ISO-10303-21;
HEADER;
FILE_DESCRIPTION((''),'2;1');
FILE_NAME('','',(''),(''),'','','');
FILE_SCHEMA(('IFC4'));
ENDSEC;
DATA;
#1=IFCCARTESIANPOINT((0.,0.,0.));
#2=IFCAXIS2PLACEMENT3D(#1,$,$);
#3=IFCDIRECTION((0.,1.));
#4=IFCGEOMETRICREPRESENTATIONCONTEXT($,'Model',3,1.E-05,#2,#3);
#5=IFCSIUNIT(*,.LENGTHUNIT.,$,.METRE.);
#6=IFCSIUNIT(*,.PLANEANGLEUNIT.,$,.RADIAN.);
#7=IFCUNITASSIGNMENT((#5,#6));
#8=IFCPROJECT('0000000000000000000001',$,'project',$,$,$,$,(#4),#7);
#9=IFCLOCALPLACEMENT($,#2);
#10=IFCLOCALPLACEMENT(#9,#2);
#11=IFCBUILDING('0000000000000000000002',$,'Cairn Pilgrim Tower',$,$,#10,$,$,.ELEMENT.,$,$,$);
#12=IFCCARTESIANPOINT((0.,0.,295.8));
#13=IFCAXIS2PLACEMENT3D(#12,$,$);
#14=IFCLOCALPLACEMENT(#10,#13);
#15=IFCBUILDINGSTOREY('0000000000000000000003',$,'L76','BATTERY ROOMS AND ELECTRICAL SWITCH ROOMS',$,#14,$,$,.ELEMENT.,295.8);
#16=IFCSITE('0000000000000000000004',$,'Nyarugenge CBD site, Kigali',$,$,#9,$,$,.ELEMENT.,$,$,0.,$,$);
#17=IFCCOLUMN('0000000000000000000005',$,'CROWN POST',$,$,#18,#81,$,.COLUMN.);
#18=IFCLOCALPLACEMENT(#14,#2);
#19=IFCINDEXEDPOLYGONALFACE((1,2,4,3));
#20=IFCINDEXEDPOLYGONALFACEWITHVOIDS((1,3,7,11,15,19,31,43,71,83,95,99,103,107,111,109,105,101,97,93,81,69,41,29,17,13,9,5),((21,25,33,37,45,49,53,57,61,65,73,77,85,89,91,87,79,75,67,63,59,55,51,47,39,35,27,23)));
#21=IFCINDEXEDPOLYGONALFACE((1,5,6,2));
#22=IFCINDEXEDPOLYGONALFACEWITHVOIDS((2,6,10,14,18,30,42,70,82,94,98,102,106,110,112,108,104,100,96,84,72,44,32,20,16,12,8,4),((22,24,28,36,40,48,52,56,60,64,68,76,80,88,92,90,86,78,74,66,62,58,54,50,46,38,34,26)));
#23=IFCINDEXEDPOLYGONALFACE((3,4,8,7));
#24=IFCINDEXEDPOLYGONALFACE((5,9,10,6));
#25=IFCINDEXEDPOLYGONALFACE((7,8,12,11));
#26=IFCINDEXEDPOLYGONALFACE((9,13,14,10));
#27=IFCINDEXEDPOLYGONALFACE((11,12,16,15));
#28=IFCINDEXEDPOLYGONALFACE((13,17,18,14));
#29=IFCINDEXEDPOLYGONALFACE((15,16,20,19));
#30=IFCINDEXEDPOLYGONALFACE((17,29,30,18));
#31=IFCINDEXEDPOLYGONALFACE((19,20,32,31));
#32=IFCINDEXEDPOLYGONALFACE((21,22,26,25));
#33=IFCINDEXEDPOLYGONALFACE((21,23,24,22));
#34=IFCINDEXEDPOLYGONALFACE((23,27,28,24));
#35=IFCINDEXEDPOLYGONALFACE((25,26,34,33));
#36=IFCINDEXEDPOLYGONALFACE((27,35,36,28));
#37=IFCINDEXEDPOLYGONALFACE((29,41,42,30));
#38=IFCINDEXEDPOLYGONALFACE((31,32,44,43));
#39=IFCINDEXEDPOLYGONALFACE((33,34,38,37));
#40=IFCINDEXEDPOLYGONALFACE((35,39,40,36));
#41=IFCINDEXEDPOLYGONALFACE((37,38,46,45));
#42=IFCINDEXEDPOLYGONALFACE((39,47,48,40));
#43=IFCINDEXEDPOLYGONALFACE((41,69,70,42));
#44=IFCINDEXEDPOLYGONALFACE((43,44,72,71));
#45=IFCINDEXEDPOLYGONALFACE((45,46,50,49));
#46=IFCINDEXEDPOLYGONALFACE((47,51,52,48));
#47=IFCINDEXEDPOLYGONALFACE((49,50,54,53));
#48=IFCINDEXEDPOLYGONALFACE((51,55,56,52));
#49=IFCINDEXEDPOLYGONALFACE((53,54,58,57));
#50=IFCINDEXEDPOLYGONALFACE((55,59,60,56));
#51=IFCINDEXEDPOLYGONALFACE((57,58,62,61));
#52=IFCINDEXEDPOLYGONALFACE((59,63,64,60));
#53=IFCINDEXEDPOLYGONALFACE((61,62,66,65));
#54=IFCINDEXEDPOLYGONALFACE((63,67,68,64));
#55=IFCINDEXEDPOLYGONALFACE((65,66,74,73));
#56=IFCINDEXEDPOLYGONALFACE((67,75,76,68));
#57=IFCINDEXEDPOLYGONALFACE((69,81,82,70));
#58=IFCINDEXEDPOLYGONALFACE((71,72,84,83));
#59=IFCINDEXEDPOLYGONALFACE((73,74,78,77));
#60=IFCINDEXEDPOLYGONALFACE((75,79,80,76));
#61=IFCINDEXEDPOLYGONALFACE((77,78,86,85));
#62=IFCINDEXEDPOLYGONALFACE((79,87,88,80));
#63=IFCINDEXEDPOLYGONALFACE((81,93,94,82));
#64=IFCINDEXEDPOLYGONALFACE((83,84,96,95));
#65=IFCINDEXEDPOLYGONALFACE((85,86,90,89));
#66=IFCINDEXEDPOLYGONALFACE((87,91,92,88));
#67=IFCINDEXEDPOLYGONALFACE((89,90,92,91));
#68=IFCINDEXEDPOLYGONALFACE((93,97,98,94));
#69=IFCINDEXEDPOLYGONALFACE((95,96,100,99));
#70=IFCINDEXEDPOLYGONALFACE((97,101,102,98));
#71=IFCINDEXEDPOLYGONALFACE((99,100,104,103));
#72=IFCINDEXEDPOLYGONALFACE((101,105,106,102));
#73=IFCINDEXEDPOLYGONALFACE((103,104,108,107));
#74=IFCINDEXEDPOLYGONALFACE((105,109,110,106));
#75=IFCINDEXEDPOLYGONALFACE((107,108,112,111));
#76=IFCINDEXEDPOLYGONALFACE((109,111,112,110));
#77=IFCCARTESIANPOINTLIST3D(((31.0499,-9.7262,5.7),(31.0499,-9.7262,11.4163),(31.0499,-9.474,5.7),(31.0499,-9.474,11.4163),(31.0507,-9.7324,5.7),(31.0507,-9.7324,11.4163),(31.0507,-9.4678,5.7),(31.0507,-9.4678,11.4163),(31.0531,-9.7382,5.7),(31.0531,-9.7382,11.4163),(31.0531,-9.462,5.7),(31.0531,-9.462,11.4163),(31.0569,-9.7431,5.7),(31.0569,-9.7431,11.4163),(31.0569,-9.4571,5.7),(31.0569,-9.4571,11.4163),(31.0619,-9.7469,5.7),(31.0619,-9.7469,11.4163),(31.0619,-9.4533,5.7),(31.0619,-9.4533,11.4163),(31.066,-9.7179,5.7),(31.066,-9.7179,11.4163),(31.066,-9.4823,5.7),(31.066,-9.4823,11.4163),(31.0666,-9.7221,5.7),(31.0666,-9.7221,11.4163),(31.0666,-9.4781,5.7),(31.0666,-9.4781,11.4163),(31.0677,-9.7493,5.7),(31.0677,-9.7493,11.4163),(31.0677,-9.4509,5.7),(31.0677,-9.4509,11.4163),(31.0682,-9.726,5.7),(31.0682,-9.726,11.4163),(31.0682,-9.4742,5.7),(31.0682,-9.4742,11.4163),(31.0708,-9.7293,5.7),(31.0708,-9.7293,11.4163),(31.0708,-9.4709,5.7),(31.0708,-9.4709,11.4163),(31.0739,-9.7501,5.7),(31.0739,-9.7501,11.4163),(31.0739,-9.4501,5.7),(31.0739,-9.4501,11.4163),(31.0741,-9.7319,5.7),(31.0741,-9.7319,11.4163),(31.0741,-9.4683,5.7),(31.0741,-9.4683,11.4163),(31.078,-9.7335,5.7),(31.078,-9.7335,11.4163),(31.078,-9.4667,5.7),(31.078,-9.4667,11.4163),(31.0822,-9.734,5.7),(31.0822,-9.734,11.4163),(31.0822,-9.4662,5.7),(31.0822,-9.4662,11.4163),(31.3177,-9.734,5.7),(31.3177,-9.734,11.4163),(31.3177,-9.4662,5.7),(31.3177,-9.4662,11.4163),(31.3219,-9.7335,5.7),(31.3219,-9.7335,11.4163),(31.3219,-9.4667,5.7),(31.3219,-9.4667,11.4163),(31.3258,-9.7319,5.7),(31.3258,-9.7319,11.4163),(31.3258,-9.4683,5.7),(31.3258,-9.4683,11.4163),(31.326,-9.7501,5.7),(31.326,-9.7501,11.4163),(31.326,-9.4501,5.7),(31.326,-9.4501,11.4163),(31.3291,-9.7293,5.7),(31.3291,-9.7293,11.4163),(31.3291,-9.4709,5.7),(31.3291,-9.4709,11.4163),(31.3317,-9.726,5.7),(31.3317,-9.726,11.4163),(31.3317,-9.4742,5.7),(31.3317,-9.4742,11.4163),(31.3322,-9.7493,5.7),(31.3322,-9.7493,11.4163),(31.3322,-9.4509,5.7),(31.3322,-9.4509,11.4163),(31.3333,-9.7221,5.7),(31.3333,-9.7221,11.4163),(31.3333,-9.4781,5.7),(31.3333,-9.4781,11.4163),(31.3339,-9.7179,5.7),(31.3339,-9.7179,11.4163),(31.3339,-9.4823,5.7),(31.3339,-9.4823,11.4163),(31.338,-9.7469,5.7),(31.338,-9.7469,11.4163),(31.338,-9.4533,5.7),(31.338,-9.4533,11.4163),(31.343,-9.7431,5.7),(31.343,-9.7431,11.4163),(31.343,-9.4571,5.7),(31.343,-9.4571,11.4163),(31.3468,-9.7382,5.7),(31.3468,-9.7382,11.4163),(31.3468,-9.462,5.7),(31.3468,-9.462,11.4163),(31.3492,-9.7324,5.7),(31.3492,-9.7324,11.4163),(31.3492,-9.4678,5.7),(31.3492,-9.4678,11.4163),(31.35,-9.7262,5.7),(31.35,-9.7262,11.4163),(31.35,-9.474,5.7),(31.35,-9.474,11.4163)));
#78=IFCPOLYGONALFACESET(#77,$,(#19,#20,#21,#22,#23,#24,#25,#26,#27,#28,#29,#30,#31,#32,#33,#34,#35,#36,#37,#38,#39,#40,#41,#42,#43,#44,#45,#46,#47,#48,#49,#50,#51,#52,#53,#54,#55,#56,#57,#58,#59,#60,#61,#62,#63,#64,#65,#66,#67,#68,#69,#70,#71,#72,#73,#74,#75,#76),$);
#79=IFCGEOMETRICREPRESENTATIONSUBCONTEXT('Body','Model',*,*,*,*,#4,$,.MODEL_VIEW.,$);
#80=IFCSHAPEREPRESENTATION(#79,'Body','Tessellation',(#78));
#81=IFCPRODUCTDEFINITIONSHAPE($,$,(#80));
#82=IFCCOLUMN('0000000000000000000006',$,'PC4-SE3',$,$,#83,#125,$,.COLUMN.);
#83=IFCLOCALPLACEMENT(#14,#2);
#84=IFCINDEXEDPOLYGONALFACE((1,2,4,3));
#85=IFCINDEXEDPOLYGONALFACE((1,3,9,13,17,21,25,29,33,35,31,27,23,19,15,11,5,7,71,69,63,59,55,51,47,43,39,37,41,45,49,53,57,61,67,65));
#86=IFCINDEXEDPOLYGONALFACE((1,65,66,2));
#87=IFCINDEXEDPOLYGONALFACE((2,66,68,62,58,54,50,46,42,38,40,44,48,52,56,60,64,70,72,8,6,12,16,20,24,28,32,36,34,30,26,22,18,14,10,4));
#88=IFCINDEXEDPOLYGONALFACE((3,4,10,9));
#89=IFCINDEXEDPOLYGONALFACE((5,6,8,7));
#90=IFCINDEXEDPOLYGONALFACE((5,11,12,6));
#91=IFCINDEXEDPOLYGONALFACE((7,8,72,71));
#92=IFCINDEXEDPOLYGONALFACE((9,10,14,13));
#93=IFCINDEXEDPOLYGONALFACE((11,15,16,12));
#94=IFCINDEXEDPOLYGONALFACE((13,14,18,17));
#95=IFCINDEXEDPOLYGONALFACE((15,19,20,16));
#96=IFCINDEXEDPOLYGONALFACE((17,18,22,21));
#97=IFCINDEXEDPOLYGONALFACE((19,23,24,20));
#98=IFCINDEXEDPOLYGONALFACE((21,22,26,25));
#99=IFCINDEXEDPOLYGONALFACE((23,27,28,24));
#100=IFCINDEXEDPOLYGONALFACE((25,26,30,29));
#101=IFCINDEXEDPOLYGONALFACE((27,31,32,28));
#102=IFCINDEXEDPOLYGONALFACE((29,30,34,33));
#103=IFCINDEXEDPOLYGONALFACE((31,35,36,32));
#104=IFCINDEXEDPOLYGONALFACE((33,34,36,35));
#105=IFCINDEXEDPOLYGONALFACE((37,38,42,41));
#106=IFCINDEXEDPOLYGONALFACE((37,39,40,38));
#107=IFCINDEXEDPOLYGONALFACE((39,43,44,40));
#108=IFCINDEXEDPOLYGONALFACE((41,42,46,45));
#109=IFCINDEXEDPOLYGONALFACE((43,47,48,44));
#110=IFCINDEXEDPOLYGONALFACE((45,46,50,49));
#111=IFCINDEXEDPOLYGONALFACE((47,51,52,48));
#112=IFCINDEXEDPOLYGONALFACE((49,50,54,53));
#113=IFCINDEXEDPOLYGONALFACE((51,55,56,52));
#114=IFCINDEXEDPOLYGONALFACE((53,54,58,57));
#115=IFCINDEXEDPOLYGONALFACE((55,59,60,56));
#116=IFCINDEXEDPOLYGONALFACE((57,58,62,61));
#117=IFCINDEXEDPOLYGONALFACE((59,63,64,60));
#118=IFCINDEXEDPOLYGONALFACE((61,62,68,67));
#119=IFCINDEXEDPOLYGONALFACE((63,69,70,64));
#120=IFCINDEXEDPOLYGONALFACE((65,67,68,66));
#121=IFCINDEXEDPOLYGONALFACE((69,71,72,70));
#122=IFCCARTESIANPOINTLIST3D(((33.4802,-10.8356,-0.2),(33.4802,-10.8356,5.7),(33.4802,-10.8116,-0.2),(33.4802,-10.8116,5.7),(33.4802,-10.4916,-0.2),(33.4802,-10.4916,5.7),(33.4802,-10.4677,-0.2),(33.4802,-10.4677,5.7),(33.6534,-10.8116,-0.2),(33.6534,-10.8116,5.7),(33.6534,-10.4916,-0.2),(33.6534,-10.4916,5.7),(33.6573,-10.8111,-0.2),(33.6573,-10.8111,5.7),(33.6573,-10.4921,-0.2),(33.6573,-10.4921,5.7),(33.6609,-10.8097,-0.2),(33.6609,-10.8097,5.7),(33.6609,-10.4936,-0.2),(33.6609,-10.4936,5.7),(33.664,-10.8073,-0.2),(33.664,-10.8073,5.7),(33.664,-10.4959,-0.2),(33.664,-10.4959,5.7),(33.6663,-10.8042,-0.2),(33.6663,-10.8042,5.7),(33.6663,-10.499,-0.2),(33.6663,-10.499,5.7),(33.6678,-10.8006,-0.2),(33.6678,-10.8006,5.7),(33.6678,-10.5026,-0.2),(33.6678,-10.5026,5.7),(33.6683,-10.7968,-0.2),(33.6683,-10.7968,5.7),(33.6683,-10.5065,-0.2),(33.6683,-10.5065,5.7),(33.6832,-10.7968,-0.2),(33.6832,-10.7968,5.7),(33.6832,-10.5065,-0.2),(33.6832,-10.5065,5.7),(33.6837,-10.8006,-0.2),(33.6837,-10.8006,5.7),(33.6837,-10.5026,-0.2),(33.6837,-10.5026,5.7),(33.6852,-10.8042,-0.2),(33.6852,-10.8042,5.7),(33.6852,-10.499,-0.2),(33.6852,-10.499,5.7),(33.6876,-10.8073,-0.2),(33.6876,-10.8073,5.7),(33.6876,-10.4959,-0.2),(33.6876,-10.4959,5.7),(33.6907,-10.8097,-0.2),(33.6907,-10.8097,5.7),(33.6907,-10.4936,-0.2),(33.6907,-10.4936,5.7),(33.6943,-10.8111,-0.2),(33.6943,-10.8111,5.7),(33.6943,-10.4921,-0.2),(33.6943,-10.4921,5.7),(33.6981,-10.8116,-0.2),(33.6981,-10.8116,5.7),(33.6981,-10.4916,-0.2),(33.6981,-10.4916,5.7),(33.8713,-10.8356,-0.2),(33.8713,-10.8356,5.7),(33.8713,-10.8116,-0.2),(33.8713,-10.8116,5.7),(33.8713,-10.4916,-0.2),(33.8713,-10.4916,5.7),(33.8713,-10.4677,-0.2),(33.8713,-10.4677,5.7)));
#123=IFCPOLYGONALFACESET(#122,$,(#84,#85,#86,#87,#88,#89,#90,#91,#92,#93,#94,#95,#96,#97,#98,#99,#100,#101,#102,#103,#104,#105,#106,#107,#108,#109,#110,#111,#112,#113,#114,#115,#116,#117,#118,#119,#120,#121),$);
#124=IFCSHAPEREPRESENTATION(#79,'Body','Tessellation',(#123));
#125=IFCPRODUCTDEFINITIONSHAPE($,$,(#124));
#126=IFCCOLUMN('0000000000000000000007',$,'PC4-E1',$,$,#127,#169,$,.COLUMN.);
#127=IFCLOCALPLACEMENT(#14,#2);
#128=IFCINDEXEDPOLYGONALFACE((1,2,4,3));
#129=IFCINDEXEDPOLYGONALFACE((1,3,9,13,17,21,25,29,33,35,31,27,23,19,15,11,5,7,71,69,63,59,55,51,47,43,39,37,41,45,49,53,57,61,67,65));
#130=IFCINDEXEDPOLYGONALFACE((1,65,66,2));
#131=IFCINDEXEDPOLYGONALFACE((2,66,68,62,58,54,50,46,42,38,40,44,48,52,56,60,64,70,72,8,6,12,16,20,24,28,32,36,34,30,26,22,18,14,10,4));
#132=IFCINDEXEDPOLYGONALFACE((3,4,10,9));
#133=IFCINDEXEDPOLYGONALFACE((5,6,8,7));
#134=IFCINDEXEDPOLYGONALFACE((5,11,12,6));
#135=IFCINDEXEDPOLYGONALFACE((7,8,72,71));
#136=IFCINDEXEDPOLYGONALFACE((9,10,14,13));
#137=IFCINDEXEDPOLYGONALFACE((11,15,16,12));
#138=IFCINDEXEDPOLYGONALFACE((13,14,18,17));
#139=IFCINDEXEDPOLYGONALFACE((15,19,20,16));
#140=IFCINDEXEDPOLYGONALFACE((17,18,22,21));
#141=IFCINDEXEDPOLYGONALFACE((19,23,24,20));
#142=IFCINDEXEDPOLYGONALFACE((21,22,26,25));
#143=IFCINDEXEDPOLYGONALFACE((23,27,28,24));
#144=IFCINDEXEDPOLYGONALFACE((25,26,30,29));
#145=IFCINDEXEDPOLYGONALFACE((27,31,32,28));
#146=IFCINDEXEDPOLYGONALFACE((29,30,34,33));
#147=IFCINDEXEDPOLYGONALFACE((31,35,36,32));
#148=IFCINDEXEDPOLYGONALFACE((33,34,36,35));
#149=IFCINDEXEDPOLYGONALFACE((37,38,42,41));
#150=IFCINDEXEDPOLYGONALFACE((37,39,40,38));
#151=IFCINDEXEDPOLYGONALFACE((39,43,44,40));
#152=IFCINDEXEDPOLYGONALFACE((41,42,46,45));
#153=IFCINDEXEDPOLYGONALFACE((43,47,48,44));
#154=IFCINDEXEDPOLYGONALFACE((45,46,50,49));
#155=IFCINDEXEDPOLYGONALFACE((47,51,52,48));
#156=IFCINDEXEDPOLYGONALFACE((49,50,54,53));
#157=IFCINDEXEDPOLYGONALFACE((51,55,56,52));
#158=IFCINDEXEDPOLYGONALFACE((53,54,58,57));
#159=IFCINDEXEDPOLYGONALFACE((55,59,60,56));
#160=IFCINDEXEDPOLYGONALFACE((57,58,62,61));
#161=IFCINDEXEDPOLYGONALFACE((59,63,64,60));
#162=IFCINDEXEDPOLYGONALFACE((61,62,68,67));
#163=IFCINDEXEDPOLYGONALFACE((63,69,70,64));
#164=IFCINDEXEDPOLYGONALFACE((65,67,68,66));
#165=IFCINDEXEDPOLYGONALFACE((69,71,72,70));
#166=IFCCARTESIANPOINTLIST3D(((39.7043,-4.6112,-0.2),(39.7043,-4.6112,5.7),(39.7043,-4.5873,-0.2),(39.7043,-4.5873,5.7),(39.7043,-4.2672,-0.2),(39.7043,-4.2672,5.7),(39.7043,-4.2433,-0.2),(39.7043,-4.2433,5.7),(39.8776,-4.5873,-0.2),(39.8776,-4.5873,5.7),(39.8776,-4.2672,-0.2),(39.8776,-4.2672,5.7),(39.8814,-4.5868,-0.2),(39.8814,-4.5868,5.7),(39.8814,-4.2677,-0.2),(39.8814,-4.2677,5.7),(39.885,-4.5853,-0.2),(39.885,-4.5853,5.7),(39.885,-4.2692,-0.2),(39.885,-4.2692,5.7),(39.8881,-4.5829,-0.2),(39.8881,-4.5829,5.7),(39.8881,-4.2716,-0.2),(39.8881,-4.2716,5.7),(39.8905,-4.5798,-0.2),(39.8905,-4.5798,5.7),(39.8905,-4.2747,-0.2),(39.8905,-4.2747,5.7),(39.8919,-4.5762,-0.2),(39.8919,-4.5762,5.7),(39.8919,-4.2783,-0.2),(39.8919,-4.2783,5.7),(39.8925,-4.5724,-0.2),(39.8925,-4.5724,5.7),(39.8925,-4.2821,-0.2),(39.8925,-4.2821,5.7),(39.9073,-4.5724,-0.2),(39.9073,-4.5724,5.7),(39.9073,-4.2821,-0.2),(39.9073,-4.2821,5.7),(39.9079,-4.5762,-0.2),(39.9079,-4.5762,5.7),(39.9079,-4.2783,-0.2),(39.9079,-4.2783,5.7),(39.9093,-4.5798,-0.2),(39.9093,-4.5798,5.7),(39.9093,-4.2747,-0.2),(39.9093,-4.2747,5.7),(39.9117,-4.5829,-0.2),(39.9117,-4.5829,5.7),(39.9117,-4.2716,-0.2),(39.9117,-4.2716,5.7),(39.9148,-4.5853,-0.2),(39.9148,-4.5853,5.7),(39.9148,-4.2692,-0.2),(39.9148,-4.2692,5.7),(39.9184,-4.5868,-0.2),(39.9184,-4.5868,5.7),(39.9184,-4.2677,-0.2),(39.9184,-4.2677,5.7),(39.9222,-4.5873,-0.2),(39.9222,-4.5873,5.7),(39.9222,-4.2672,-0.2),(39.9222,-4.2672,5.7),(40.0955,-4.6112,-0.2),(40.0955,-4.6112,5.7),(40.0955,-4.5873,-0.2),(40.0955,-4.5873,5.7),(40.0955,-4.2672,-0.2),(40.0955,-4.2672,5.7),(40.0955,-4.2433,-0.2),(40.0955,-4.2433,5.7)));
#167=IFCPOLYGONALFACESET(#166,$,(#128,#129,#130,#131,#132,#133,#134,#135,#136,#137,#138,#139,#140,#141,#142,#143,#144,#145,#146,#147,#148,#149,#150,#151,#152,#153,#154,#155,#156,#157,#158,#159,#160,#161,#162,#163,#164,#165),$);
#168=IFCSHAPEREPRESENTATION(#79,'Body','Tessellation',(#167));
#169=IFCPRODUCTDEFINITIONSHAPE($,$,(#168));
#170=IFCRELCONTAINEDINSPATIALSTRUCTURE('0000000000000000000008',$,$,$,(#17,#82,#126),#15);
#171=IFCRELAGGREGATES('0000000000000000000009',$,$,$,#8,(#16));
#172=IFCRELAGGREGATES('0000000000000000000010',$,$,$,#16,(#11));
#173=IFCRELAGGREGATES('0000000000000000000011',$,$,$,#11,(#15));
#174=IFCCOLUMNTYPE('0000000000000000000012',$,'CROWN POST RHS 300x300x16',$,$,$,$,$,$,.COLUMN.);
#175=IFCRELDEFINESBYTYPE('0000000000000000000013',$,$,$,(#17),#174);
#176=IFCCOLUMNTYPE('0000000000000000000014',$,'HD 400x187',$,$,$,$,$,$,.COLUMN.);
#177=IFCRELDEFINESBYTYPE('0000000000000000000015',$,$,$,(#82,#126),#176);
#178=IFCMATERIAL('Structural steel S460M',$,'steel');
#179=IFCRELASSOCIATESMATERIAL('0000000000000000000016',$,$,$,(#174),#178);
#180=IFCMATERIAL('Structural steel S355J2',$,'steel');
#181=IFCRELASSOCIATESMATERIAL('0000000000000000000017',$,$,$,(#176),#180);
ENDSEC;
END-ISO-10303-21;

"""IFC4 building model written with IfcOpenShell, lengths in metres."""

from ifc_helpers import new_model, si_unit, direction, frame, origin, origin_2d, place, context, subcontext, project, spatial, hollow_rectangle, i_section, extrude, material, material_profile, profile_set, type_object, element, save


model = new_model("IFC4")

# Units and contexts
model_context = context("Model", 3, precision=1e-05, world=origin(), true_north=direction((0.0, 1.0)))
body_context = subcontext(model_context, "Body", "Model", "MODEL_VIEW")
ifc_project = project(units=[si_unit("LENGTHUNIT", "METRE"), si_unit("PLANEANGLEUNIT", "RADIAN")], contexts=[model_context])

# Site, building, storey
site_placement = place(None, origin())
site = spatial("IfcSite", under=ifc_project, at=site_placement, Name="Nyarugenge CBD site, Kigali", CompositionType="ELEMENT", RefElevation=0.0)
building_placement = place(site_placement, origin())
building = spatial("IfcBuilding", under=site, at=building_placement, Name="Cairn Pilgrim Tower", CompositionType="ELEMENT")
storey_placement = place(building_placement, frame((0.0, 0.0, 295.8)))
storey = spatial("IfcBuildingStorey", under=building, at=storey_placement, Name="L76", Description="BATTERY ROOMS AND ELECTRICAL SWITCH ROOMS", CompositionType="ELEMENT", Elevation=295.8)

# Columns
ifc_material_1 = material(Name="Structural steel S460M", Category="steel")
ifc_material_profile_1 = material_profile(ifc_material_1, hollow_rectangle(XDim=0.3, YDim=0.3, WallThickness=0.0161, InnerFilletRadius=0.0161, OuterFilletRadius=0.0239, at=origin_2d()), Name="SHS 300x300x16")
ifc_profile_set_1 = profile_set([ifc_material_profile_1], Name="Structural steel S460M")
column_type_1 = type_object("IfcColumnType", Name="CROWN POST RHS 300x300x16", PredefinedType="COLUMN", material=ifc_profile_set_1)
column_1_placement = place(storey_placement, frame((31.2, -9.6001, 5.7), z_axis=(0.0, 0.0, 1.0), x_axis=(1.0, 0.0, 0.0)))
element("IfcColumn", 1, at=column_1_placement, inside=storey, type_object=column_type_1, Name="CROWN POST", PredefinedType="COLUMN", context=body_context, shape_type="SweptSolid", body=[
    extrude(hollow_rectangle(XDim=0.3, YDim=0.3, WallThickness=0.0161, InnerFilletRadius=0.0161, OuterFilletRadius=0.0239, at=origin_2d()), origin(), (0.0, 0.0, 1.0), 5.7163),
])
ifc_material_2 = material(Name="Structural steel S355J2", Category="steel")
ifc_material_profile_2 = material_profile(ifc_material_2, i_section(OverallWidth=0.3911, OverallDepth=0.3679, WebThickness=0.0149, FlangeThickness=0.0239, FilletRadius=0.0149, at=origin_2d()), Name="HD 400x187")
ifc_profile_set_2 = profile_set([ifc_material_profile_2], Name="Structural steel S355J2")
column_type_2 = type_object("IfcColumnType", Name="HD 400x187", PredefinedType="COLUMN", material=ifc_profile_set_2)
for number, where, z_axis, x_axis, name in (
    (2, (33.6758, -10.6516, -0.2), (0.0, 0.0, 1.0), (1.0, 0.0, 0.0), "PC4-SE3"),
    (3, (39.8999, -4.4272, -0.2), (0.0, 0.0, 1.0), (1.0, 0.0, 0.0), "PC4-E1"),
):
    element("IfcColumn", number, at=place(storey_placement, frame(where, z_axis=z_axis, x_axis=x_axis)), inside=storey, type_object=column_type_2, Name=name, PredefinedType="COLUMN", context=body_context, shape_type="SweptSolid", body=[
        extrude(i_section(OverallWidth=0.3911, OverallDepth=0.3679, WebThickness=0.0149, FlangeThickness=0.0239, FilletRadius=0.0149, at=origin_2d()), origin(), (0.0, 0.0, 1.0), 5.8999),
    ])

save(model, "model.ifc")
